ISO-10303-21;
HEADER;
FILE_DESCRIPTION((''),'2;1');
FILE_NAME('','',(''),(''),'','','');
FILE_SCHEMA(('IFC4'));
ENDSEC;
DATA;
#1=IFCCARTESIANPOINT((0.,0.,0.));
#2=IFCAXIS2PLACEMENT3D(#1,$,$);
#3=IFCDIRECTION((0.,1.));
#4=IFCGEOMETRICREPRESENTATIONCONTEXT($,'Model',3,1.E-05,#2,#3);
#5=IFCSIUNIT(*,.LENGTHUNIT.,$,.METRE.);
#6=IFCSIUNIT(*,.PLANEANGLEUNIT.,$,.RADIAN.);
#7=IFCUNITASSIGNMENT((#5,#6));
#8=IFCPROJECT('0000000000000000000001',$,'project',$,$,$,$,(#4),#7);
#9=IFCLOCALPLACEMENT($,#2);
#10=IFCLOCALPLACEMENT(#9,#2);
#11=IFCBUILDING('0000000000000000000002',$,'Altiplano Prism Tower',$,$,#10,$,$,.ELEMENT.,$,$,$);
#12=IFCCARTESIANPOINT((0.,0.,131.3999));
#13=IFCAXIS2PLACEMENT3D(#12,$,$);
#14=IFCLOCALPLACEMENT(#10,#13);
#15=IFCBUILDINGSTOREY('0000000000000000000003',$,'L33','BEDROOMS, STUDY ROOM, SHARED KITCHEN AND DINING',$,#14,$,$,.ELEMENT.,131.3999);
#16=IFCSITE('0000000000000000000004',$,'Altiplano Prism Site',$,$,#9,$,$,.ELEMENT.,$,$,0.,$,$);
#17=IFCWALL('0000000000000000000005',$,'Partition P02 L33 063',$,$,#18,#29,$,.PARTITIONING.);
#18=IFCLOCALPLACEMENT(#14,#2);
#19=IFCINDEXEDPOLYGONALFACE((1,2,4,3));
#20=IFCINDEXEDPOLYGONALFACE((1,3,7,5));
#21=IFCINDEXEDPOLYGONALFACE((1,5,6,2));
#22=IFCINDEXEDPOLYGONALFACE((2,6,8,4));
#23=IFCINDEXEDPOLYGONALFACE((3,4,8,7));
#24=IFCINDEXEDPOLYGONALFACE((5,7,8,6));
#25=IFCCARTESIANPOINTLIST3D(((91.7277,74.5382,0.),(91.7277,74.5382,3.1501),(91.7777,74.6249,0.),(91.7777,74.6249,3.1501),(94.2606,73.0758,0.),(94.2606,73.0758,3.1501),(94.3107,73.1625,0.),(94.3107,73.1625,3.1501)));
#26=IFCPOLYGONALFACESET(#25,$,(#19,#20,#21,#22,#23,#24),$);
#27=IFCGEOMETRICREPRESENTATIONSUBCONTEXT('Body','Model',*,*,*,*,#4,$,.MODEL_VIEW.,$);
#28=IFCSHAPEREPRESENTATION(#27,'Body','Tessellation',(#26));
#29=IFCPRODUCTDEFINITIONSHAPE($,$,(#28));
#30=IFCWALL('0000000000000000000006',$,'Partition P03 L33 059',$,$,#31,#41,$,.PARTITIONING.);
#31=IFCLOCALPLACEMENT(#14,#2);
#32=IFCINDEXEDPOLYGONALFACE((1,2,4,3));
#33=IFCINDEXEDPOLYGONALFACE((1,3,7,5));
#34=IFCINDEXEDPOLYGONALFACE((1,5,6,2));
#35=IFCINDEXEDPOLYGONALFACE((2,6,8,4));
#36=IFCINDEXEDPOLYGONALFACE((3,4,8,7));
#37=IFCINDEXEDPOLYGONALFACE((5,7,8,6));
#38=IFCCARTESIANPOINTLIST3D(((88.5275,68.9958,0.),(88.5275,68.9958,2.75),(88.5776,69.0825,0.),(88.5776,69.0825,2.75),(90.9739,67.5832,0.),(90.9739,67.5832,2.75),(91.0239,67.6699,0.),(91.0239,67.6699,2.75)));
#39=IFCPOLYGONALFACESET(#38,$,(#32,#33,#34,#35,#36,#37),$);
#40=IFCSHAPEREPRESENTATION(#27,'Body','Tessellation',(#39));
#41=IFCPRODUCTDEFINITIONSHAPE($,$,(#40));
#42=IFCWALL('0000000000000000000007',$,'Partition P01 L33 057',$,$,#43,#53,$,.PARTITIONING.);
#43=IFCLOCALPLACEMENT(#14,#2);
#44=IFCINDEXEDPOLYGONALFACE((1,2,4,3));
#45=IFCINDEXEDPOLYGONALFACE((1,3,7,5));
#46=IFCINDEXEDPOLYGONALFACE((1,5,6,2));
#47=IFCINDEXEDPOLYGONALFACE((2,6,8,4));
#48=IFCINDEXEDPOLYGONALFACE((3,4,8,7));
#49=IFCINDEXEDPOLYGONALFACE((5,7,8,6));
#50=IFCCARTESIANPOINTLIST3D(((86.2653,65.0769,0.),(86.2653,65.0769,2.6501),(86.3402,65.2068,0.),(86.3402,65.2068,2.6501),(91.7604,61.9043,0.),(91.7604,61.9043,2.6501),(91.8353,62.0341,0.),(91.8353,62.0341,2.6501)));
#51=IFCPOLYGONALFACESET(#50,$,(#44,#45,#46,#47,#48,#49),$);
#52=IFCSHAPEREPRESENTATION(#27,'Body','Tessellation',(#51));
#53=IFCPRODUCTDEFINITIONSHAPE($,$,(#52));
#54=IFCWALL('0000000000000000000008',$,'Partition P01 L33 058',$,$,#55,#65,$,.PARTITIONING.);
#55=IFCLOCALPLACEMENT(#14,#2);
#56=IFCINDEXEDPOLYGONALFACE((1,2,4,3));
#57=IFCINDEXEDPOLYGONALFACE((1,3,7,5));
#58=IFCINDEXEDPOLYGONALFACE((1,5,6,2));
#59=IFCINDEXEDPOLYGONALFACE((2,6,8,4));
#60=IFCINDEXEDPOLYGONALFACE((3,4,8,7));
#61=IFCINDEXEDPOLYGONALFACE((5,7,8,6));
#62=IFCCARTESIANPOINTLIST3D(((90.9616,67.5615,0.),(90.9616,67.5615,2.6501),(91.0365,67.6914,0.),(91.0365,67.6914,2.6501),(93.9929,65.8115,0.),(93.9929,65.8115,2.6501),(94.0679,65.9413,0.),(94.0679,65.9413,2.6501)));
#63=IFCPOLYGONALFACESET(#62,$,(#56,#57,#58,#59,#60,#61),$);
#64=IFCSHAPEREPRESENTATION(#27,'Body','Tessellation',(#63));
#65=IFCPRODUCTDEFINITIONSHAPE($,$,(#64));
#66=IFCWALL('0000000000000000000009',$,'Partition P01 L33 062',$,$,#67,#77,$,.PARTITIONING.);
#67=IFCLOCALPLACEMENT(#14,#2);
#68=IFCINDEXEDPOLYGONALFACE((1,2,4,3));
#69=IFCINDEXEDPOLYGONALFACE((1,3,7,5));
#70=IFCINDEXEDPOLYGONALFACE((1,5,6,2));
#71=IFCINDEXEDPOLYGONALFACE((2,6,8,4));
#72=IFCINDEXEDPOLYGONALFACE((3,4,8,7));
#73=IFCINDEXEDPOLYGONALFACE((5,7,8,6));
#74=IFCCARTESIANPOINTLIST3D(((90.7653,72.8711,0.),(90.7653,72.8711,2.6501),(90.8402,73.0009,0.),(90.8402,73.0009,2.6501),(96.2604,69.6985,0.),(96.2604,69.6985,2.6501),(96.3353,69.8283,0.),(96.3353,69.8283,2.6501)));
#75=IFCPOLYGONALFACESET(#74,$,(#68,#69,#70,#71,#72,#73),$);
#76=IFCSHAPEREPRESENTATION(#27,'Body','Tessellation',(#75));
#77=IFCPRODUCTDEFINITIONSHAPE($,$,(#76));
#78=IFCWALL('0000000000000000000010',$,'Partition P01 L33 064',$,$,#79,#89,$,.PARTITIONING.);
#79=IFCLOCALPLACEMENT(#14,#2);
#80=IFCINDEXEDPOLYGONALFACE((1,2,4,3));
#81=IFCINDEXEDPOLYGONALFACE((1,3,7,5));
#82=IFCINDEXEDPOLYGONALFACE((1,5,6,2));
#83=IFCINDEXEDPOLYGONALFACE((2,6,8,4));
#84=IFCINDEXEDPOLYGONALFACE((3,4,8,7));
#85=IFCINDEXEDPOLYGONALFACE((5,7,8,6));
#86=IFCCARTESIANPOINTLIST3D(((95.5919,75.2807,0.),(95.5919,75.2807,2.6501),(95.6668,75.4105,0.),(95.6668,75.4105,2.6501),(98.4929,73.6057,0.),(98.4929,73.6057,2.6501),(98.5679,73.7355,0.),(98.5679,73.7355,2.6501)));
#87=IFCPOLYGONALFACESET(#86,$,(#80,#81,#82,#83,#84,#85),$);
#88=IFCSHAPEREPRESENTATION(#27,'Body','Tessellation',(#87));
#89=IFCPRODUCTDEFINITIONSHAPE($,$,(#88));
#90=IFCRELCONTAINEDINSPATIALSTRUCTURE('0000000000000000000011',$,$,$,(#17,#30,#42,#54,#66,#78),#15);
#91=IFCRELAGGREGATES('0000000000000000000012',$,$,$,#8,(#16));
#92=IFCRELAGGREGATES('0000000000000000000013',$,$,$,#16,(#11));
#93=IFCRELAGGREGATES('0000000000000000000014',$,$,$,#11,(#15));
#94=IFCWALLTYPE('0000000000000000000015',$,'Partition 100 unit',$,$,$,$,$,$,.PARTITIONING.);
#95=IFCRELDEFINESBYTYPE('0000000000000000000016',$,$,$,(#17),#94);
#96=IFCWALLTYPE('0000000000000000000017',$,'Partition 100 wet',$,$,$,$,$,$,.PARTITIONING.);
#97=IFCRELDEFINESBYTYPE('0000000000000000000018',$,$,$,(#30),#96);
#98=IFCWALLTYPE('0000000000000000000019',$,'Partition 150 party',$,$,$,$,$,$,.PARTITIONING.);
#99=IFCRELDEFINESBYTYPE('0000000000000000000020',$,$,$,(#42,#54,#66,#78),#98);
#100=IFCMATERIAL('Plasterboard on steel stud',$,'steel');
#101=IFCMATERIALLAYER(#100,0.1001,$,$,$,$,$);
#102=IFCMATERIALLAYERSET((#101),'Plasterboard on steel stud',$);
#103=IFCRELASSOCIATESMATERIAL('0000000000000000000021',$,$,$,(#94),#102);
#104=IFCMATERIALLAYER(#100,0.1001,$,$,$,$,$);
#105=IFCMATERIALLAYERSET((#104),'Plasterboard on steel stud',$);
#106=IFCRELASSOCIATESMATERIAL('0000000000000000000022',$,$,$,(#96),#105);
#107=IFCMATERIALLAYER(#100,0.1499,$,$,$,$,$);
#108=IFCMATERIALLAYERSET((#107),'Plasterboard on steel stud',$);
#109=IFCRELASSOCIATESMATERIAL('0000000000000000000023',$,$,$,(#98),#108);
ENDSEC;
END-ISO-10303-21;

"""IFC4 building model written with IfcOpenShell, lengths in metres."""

from ifc_helpers import new_model, si_unit, direction, frame, frame_2d, origin, place, context, subcontext, project, spatial, rectangle, extrude, material, layer, layer_set, type_object, element, save


model = new_model("IFC4")

# Units and contexts
model_context = context("Model", 3, precision=1e-05, world=origin(), true_north=direction((0.0, 1.0)))
body_context = subcontext(model_context, "Body", "Model", "MODEL_VIEW")
ifc_project = project(units=[si_unit("LENGTHUNIT", "METRE"), si_unit("PLANEANGLEUNIT", "RADIAN")], contexts=[model_context])

# Site, building, storey
site_placement = place(None, origin())
site = spatial("IfcSite", under=ifc_project, at=site_placement, Name="Altiplano Prism Site", CompositionType="ELEMENT", RefElevation=0.0)
building_placement = place(site_placement, origin())
building = spatial("IfcBuilding", under=site, at=building_placement, Name="Altiplano Prism Tower", CompositionType="ELEMENT")
storey_placement = place(building_placement, frame((0.0, 0.0, 131.3999)))
storey = spatial("IfcBuildingStorey", under=building, at=storey_placement, Name="L33", Description="BEDROOMS, STUDY ROOM, SHARED KITCHEN AND DINING", CompositionType="ELEMENT", Elevation=131.3999)

# Shared definitions
ifc_material_1 = material(Name="Plasterboard on steel stud", Category="steel")
ifc_layer_1 = layer(ifc_material_1, 0.1001)
ifc_layer_set_1 = layer_set([ifc_layer_1], Name="Plasterboard on steel stud")
wall_type_1 = type_object("IfcWallType", Name="Partition 100 unit", PredefinedType="PARTITIONING", material=ifc_layer_set_1)

# Walls
wall_1_placement = place(storey_placement, frame((94.2856, 73.1191, 0.0), z_axis=(0.0, 0.0, 1.0), x_axis=(-0.866026, 0.499999, 0.0)))
element("IfcWall", 1, at=wall_1_placement, inside=storey, type_object=wall_type_1, Name="Partition P02 L33 063", PredefinedType="PARTITIONING", context=body_context, shape_type="SweptSolid", body=[
    extrude(rectangle(XDim=2.9248, YDim=0.1001, at=frame_2d((1.4624, 0.0))), origin(), (0.0, 0.0, 1.0), 3.1501),
])
ifc_layer_2 = layer(ifc_material_1, 0.1001)
ifc_layer_set_2 = layer_set([ifc_layer_2], Name="Plasterboard on steel stud")
wall_type_2 = type_object("IfcWallType", Name="Partition 100 wet", PredefinedType="PARTITIONING", material=ifc_layer_set_2)
wall_2_placement = place(storey_placement, frame((90.999, 67.6265, 0.0), z_axis=(0.0, 0.0, 1.0), x_axis=(-0.86599, 0.500062, 0.0)))
element("IfcWall", 2, at=wall_2_placement, inside=storey, type_object=wall_type_2, Name="Partition P03 L33 059", PredefinedType="PARTITIONING", context=body_context, shape_type="SweptSolid", body=[
    extrude(rectangle(XDim=2.825, YDim=0.1001, at=frame_2d((1.4126, 0.0))), origin(), (0.0, 0.0, 1.0), 2.75),
])
ifc_layer_3 = layer(ifc_material_1, 0.1499)
ifc_layer_set_3 = layer_set([ifc_layer_3], Name="Plasterboard on steel stud")
wall_type_3 = type_object("IfcWallType", Name="Partition 150 party", PredefinedType="PARTITIONING", material=ifc_layer_set_3)
wall_3_placement = place(storey_placement, frame((91.7979, 61.9692, 0.0), z_axis=(0.0, 0.0, 1.0), x_axis=(-0.866025, 0.5, 0.0)))
element("IfcWall", 3, at=wall_3_placement, inside=storey, type_object=wall_type_3, Name="Partition P01 L33 057", PredefinedType="PARTITIONING", context=body_context, shape_type="SweptSolid", body=[
    extrude(rectangle(XDim=6.3452, YDim=0.1499, at=frame_2d((3.1726, 0.0))), origin(), (0.0, 0.0, 1.0), 2.6501),
])
wall_4_placement = place(storey_placement, frame((94.0303, 65.8765, 0.0), z_axis=(0.0, 0.0, 1.0), x_axis=(-0.866037, 0.49998, 0.0)))
element("IfcWall", 4, at=wall_4_placement, inside=storey, type_object=wall_type_3, Name="Partition P01 L33 058", PredefinedType="PARTITIONING", context=body_context, shape_type="SweptSolid", body=[
    extrude(rectangle(XDim=3.5002, YDim=0.1499, at=frame_2d((1.75, 0.0))), origin(), (0.0, 0.0, 1.0), 2.6501),
])
wall_5_placement = place(storey_placement, frame((96.2979, 69.7634, 0.0), z_axis=(0.0, 0.0, 1.0), x_axis=(-0.866025, 0.5, 0.0)))
element("IfcWall", 5, at=wall_5_placement, inside=storey, type_object=wall_type_3, Name="Partition P01 L33 062", PredefinedType="PARTITIONING", context=body_context, shape_type="SweptSolid", body=[
    extrude(rectangle(XDim=6.3452, YDim=0.1499, at=frame_2d((3.1726, 0.0))), origin(), (0.0, 0.0, 1.0), 2.6501),
])
wall_6_placement = place(storey_placement, frame((98.5303, 73.6707, 0.0), z_axis=(0.0, 0.0, 1.0), x_axis=(-0.866014, 0.500019, 0.0)))
element("IfcWall", 6, at=wall_6_placement, inside=storey, type_object=wall_type_3, Name="Partition P01 L33 064", PredefinedType="PARTITIONING", context=body_context, shape_type="SweptSolid", body=[
    extrude(rectangle(XDim=3.3499, YDim=0.1499, at=frame_2d((1.6748, 0.0))), origin(), (0.0, 0.0, 1.0), 2.6501),
])

save(model, "model.ifc")
